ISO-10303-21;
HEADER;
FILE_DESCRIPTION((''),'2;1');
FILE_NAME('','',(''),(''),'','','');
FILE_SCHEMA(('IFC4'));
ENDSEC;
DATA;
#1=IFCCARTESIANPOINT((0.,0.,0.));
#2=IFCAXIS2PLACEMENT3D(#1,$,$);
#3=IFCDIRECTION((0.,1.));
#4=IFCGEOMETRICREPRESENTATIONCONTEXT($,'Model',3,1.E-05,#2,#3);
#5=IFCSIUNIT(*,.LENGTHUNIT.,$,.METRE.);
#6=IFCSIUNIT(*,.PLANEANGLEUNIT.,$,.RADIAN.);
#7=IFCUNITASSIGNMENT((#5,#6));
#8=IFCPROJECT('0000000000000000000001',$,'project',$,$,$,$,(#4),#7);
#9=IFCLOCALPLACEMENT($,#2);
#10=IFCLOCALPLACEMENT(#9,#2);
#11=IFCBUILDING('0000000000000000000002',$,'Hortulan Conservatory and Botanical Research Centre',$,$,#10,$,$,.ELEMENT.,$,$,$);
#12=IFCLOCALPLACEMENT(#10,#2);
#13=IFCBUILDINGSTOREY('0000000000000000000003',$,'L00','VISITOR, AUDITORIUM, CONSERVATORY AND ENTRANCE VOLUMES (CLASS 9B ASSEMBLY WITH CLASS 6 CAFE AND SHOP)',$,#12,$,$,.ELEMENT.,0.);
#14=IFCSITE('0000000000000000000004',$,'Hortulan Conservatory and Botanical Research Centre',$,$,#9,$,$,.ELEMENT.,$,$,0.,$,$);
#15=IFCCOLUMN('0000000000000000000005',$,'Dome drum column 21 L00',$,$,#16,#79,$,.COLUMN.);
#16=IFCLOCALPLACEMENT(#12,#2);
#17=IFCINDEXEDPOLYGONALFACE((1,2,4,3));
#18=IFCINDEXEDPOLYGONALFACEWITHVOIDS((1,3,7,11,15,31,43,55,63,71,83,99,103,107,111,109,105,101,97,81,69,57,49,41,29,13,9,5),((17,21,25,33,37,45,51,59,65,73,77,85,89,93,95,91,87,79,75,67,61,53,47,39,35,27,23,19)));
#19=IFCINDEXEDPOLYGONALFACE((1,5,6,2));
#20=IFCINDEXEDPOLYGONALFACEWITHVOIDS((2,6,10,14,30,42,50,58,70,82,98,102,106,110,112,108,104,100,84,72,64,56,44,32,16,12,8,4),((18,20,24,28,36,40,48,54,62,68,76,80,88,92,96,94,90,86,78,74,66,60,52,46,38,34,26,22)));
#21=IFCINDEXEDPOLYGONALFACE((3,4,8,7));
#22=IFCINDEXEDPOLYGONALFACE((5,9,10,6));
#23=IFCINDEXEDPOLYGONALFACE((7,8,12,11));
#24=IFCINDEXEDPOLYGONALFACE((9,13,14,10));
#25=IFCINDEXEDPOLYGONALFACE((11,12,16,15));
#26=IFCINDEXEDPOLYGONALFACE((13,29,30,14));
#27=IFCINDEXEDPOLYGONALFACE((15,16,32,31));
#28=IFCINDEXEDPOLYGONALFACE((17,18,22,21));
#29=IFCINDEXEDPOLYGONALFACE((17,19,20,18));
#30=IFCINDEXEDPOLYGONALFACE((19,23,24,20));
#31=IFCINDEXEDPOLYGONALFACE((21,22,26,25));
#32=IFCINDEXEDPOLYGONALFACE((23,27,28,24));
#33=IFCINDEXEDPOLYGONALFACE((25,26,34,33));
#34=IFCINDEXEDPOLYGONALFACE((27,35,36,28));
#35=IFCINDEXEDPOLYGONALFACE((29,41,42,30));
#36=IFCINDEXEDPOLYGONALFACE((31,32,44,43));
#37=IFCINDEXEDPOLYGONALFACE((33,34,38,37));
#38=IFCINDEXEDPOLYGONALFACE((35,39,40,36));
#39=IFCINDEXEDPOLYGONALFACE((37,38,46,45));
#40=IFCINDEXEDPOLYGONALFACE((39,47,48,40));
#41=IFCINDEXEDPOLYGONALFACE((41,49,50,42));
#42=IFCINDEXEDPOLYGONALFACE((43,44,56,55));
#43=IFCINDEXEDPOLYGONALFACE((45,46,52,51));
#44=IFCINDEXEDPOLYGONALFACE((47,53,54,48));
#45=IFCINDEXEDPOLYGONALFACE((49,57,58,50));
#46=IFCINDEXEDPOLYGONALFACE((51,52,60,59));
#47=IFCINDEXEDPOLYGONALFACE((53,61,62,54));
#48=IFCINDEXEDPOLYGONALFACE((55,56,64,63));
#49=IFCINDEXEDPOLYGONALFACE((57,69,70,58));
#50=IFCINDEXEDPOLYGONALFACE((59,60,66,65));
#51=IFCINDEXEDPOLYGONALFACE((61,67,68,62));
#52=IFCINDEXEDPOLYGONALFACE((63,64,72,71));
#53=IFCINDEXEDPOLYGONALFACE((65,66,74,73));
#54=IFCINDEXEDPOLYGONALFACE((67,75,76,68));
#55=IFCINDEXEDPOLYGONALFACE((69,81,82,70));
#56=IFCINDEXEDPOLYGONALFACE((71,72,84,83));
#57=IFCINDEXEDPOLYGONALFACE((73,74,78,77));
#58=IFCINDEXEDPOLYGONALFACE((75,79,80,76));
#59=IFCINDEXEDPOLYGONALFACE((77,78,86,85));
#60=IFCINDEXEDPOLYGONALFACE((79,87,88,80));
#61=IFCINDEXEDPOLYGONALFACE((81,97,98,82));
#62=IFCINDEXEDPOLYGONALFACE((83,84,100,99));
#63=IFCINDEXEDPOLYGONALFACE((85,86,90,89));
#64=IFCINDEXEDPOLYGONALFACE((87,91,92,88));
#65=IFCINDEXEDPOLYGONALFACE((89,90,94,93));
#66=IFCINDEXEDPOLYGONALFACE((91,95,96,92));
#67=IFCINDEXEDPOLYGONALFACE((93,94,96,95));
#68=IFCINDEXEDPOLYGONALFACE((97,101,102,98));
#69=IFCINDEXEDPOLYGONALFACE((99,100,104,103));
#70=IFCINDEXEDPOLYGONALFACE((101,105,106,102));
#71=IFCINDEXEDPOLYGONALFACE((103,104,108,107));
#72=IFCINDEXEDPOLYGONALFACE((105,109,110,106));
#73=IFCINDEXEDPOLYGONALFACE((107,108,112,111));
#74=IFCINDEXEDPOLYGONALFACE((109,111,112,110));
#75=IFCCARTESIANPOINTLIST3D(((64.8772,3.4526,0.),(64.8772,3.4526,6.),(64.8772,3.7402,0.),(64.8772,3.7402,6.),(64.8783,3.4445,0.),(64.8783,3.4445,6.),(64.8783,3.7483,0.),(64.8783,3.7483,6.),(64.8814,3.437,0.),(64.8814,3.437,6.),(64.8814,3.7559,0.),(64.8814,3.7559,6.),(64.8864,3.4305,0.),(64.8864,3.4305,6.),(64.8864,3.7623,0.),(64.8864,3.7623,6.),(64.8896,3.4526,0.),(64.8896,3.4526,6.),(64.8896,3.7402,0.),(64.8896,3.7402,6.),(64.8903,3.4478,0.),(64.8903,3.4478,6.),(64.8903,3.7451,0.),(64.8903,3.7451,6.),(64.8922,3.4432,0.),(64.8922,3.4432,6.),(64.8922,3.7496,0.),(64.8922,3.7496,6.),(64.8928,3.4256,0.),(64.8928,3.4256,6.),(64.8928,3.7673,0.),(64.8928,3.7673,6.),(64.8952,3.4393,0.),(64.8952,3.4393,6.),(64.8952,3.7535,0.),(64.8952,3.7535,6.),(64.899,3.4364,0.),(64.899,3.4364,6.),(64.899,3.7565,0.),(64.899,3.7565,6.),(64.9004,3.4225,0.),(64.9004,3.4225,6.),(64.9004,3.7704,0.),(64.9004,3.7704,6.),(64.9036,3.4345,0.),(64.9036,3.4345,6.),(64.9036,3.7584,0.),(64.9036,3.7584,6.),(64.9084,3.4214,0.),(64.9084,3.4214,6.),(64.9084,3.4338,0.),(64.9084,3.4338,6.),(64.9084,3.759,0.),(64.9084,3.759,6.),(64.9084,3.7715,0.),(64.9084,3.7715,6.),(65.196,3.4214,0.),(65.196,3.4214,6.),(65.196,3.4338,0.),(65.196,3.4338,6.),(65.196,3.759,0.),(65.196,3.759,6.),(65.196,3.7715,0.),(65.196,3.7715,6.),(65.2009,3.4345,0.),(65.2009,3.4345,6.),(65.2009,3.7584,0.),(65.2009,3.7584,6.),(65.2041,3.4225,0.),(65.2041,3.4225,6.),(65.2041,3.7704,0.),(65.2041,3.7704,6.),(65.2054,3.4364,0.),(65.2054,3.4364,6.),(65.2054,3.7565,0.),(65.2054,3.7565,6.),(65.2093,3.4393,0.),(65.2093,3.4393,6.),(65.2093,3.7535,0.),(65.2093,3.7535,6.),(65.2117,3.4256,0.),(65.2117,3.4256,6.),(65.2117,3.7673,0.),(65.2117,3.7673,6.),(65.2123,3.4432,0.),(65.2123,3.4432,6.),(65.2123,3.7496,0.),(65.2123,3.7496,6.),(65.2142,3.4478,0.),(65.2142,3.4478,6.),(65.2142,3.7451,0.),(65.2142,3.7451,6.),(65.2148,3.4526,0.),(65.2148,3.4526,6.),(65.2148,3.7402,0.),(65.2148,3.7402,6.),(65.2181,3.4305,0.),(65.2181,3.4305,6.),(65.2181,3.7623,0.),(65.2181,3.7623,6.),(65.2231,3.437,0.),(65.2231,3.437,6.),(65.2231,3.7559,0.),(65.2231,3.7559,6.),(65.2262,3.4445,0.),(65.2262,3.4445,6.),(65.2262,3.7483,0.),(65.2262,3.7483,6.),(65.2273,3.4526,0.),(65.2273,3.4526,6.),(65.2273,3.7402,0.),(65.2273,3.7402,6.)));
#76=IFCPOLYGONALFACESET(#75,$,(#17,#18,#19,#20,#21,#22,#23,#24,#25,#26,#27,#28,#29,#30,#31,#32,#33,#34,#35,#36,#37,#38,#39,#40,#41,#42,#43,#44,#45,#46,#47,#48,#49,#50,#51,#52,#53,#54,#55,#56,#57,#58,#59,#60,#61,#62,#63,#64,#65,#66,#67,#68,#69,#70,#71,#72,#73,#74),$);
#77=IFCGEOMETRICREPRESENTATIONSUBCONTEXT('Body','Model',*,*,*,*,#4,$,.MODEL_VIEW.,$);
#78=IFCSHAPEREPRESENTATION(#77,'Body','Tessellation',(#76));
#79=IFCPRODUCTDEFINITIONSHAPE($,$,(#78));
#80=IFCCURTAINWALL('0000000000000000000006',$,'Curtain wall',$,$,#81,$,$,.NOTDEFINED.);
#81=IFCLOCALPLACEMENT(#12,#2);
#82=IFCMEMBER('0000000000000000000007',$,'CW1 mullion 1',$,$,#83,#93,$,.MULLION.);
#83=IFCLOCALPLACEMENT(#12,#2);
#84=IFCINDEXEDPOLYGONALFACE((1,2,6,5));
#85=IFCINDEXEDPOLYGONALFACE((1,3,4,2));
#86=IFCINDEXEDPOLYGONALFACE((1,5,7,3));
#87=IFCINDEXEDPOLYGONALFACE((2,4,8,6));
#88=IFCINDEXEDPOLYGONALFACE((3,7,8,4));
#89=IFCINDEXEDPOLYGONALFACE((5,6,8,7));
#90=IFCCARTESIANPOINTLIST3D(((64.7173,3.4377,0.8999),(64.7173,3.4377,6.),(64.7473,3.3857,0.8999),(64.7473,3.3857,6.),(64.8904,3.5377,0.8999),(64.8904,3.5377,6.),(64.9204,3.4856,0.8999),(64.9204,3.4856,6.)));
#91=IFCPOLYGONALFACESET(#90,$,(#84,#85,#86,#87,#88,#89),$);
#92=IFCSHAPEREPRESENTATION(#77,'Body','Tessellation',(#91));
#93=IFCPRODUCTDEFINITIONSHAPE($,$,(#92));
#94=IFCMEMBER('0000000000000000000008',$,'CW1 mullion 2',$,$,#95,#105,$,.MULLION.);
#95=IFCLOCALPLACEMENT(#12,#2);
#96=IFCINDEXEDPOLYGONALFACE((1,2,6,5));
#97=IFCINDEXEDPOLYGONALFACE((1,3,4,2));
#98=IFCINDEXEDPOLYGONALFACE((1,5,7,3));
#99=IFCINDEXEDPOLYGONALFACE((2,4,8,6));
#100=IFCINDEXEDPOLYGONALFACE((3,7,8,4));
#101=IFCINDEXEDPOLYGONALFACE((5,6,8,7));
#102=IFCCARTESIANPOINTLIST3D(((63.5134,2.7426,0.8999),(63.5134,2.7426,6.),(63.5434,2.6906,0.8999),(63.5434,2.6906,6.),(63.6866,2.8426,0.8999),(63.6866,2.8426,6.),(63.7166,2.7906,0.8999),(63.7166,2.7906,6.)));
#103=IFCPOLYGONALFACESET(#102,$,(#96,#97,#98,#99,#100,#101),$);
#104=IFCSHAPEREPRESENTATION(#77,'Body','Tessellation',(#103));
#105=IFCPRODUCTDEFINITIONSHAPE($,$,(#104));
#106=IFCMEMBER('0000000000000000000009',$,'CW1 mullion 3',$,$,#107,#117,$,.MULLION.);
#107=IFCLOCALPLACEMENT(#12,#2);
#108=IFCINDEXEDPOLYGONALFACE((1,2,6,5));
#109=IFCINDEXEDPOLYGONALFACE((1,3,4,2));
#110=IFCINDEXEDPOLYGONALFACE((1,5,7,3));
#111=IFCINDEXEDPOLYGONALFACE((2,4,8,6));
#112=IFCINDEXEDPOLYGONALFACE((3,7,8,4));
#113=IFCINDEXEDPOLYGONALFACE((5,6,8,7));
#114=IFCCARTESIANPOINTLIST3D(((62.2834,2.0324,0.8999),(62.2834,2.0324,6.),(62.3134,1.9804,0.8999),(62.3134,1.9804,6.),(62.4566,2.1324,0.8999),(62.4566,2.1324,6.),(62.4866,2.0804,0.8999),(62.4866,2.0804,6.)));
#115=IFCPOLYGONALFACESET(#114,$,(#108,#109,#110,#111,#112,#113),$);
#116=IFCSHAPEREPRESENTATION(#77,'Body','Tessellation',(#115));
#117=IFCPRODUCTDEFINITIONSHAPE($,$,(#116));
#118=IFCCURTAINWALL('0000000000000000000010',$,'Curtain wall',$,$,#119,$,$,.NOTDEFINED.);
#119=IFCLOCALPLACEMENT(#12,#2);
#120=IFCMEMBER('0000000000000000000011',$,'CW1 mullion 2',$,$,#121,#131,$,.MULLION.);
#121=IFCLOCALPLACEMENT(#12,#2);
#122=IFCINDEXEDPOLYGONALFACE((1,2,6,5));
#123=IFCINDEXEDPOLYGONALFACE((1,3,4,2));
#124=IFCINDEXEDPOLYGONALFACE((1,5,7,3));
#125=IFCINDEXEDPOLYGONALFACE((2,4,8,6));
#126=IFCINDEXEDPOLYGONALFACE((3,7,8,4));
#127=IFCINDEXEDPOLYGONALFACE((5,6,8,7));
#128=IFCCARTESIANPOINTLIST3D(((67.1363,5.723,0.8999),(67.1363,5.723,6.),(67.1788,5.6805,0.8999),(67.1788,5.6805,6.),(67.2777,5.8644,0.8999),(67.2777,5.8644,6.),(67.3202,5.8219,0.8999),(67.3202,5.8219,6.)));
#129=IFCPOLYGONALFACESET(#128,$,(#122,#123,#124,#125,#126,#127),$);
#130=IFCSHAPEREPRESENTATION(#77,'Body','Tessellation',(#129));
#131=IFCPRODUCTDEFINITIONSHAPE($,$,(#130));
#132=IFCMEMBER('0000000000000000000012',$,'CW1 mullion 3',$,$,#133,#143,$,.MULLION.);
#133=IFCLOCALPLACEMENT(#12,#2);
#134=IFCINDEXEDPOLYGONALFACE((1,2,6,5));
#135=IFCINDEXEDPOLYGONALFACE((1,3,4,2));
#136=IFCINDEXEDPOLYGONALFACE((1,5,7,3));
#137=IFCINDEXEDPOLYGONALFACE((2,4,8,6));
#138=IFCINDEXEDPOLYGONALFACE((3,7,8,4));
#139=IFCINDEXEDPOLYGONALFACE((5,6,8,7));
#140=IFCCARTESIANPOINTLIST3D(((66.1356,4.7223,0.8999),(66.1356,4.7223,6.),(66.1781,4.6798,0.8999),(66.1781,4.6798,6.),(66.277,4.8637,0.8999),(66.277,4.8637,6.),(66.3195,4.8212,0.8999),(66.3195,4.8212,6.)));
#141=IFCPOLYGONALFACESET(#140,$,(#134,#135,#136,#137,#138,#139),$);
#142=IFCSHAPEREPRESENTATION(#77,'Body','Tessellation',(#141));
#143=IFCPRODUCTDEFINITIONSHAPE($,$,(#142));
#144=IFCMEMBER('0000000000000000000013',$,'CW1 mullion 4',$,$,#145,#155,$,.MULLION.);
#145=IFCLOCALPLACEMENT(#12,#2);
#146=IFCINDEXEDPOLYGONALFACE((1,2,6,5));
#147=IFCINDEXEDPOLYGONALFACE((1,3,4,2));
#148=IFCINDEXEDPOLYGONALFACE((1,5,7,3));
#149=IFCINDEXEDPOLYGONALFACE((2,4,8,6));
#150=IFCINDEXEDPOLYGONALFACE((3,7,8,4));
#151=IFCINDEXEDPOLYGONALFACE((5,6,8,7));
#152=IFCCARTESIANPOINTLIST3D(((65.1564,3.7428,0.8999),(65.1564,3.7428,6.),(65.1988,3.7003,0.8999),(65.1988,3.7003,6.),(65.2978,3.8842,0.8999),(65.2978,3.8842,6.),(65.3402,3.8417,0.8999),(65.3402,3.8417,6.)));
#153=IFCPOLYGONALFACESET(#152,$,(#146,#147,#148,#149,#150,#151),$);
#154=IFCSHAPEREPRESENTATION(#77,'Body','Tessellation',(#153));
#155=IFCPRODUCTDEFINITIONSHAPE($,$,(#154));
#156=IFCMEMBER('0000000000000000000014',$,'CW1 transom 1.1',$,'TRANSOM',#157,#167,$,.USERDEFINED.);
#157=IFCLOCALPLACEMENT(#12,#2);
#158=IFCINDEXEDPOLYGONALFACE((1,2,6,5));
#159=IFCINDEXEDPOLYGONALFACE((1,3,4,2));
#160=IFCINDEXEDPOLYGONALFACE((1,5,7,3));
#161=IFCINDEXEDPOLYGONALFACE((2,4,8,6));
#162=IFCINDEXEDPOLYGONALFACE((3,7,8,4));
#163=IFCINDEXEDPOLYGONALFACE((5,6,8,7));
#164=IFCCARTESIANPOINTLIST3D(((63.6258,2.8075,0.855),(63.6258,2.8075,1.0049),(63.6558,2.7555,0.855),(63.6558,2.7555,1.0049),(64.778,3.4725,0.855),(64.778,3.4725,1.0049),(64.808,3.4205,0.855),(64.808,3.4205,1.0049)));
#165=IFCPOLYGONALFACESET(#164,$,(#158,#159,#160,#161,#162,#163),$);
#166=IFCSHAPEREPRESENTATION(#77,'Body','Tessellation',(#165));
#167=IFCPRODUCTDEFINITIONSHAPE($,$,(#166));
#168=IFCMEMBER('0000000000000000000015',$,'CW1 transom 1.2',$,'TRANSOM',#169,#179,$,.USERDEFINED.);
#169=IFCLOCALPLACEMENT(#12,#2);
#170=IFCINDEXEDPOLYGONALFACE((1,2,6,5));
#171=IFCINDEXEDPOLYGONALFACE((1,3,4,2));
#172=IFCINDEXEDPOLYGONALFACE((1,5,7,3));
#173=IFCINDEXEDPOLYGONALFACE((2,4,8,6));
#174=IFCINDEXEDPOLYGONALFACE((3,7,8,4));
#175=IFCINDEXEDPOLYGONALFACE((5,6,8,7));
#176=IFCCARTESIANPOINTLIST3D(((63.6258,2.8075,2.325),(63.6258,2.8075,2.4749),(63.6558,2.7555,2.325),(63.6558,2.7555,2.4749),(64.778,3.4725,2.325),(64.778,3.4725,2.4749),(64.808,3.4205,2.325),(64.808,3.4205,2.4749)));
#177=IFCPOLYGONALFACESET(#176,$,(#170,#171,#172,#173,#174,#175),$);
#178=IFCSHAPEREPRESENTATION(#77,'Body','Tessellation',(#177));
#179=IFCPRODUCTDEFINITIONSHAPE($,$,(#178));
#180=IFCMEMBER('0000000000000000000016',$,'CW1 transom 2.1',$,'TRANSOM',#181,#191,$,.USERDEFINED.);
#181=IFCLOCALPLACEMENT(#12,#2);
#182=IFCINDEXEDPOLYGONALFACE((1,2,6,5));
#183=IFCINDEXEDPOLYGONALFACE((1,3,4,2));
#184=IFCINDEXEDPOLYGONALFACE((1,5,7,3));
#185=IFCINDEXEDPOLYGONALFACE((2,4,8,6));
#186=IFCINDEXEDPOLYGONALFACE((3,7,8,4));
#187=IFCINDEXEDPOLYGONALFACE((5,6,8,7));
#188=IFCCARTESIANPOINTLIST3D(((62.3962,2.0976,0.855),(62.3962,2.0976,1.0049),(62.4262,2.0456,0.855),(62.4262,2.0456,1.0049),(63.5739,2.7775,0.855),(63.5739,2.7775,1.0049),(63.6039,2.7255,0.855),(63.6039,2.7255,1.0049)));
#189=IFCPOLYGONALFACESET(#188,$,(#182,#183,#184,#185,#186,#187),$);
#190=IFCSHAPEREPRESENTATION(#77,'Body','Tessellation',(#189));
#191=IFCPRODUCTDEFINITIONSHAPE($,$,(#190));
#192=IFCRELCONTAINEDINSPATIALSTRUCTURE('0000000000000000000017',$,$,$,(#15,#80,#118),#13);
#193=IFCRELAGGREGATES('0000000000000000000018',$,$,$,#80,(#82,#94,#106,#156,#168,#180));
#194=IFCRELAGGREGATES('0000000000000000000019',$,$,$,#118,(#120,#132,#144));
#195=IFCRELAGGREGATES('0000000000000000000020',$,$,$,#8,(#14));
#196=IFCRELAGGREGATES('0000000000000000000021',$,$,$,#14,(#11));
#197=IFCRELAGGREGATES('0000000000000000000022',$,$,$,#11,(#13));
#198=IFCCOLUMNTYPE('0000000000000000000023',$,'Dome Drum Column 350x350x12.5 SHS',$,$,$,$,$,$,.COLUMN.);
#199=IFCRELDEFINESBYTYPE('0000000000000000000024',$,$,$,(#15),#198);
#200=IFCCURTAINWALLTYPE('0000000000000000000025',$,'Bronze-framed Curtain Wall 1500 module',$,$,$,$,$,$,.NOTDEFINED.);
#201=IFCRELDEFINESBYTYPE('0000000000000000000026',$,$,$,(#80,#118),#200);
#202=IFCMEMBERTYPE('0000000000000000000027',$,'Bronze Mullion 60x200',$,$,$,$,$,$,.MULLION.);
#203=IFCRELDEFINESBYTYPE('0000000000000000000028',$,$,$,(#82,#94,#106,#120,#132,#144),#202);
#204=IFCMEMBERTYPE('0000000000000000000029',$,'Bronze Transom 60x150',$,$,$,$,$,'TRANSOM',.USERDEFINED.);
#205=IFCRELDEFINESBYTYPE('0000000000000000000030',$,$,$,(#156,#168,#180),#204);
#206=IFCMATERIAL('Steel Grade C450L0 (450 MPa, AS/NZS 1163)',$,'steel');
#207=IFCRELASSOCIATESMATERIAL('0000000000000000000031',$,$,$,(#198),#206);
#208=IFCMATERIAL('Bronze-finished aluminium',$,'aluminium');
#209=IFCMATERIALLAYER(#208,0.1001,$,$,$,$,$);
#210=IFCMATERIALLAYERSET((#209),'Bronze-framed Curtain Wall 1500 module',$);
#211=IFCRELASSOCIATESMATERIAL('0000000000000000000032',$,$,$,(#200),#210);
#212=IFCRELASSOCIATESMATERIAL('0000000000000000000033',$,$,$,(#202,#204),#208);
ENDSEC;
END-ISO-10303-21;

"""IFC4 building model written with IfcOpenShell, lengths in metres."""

from ifc_helpers import new_model, si_unit, direction, frame, origin, origin_2d, place, context, subcontext, project, spatial, rectangle, hollow_rectangle, extrude, material, layer, layer_set, material_profile, profile_set, type_object, element, aggregate, save


model = new_model("IFC4")

# Units and contexts
model_context = context("Model", 3, precision=1e-05, world=origin(), true_north=direction((0.0, 1.0)))
body_context = subcontext(model_context, "Body", "Model", "MODEL_VIEW")
ifc_project = project(units=[si_unit("LENGTHUNIT", "METRE"), si_unit("PLANEANGLEUNIT", "RADIAN")], contexts=[model_context])

# Site, building, storey
site_placement = place(None, origin())
site = spatial("IfcSite", under=ifc_project, at=site_placement, Name="Hortulan Conservatory and Botanical Research Centre", CompositionType="ELEMENT", RefElevation=0.0)
building_placement = place(site_placement, origin())
building = spatial("IfcBuilding", under=site, at=building_placement, Name="Hortulan Conservatory and Botanical Research Centre", CompositionType="ELEMENT")
storey_placement = place(building_placement, origin())
storey = spatial("IfcBuildingStorey", under=building, at=storey_placement, Name="L00", Description="VISITOR, AUDITORIUM, CONSERVATORY AND ENTRANCE VOLUMES (CLASS 9B ASSEMBLY WITH CLASS 6 CAFE AND SHOP)", CompositionType="ELEMENT", Elevation=0.0)

# Column
ifc_material_1 = material(Name="Steel Grade C450L0 (450 MPa, AS/NZS 1163)", Category="steel")
ifc_material_profile_1 = material_profile(ifc_material_1, hollow_rectangle(XDim=0.3501, YDim=0.3501, WallThickness=0.0125, InnerFilletRadius=0.0188, OuterFilletRadius=0.0312, at=origin_2d()), Name="350x350x12.5SHS")
ifc_profile_set_1 = profile_set([ifc_material_profile_1], Name="Steel Grade C450L0 (450 MPa, AS/NZS 1163)")
column_type = type_object("IfcColumnType", Name="Dome Drum Column 350x350x12.5 SHS", PredefinedType="COLUMN", material=ifc_profile_set_1)
column_placement = place(storey_placement, frame((65.0522, 3.5964, 0.0), z_axis=(0.0, 0.0, 1.0), x_axis=(1.0, 0.0, 0.0)))
element("IfcColumn", 1, at=column_placement, inside=storey, type_object=column_type, Name="Dome drum column 21 L00", PredefinedType="COLUMN", context=body_context, shape_type="SweptSolid", body=[
    extrude(hollow_rectangle(XDim=0.3501, YDim=0.3501, WallThickness=0.0125, InnerFilletRadius=0.0188, OuterFilletRadius=0.0312, at=origin_2d()), origin(), (0.0, 0.0, 1.0), 6.0),
])

# Curtain walls, members
ifc_material_2 = material(Name="Bronze-finished aluminium", Category="aluminium")
ifc_layer_1 = layer(ifc_material_2, 0.1001)
ifc_layer_set_1 = layer_set([ifc_layer_1], Name="Bronze-framed Curtain Wall 1500 module")
curtain_wall_type = type_object("IfcCurtainWallType", Name="Bronze-framed Curtain Wall 1500 module", PredefinedType="NOTDEFINED", material=ifc_layer_set_1)
curtain_wall_1_placement = place(storey_placement, origin())
curtain_wall_1 = element("IfcCurtainWall", 2, at=curtain_wall_1_placement, inside=storey, type_object=curtain_wall_type, Name="Curtain wall", PredefinedType="NOTDEFINED")
ifc_material_profile_2 = material_profile(ifc_material_2, rectangle(XDim=0.0601, YDim=0.2, at=origin_2d()), Name="Bronze Mullion 60x200")
ifc_profile_set_2 = profile_set([ifc_material_profile_2], Name="Bronze-finished aluminium")
member_type_1 = type_object("IfcMemberType", Name="Bronze Mullion 60x200", PredefinedType="MULLION", material=ifc_profile_set_2)
member_1_placement = place(storey_placement, frame((64.8188, 3.4617, 0.8999), z_axis=(0.0, 0.0, 1.0), x_axis=(0.499981, -0.866036, 0.0)))
member_1 = element("IfcMember", 3, at=member_1_placement, type_object=member_type_1, Name="CW1 mullion 1", PredefinedType="MULLION", context=body_context, shape_type="SweptSolid", body=[
    extrude(rectangle(XDim=0.0601, YDim=0.2, at=origin_2d()), origin(), (0.0, 0.0, 1.0), 5.1001),
])
member_2_placement = place(storey_placement, frame((63.615, 2.7666, 0.8999), z_axis=(0.0, 0.0, 1.0), x_axis=(0.499981, -0.866036, 0.0)))
member_2 = element("IfcMember", 4, at=member_2_placement, type_object=member_type_1, Name="CW1 mullion 2", PredefinedType="MULLION", context=body_context, shape_type="SweptSolid", body=[
    extrude(rectangle(XDim=0.0601, YDim=0.2, at=origin_2d()), origin(), (0.0, 0.0, 1.0), 5.1001),
])
member_3_placement = place(storey_placement, frame((62.385, 2.0564, 0.8999), z_axis=(0.0, 0.0, 1.0), x_axis=(0.499981, -0.866036, 0.0)))
member_3 = element("IfcMember", 5, at=member_3_placement, type_object=member_type_1, Name="CW1 mullion 3", PredefinedType="MULLION", context=body_context, shape_type="SweptSolid", body=[
    extrude(rectangle(XDim=0.0601, YDim=0.2, at=origin_2d()), origin(), (0.0, 0.0, 1.0), 5.1001),
])
curtain_wall_2_placement = place(storey_placement, origin())
curtain_wall_2 = element("IfcCurtainWall", 6, at=curtain_wall_2_placement, inside=storey, type_object=curtain_wall_type, Name="Curtain wall", PredefinedType="NOTDEFINED")
member_4_placement = place(storey_placement, frame((67.2283, 5.7725, 0.8999), z_axis=(0.0, 0.0, 1.0), x_axis=(0.707107, -0.707107, 0.0)))
member_4 = element("IfcMember", 7, at=member_4_placement, type_object=member_type_1, Name="CW1 mullion 2", PredefinedType="MULLION", context=body_context, shape_type="SweptSolid", body=[
    extrude(rectangle(XDim=0.0601, YDim=0.2, at=origin_2d()), origin(), (0.0, 0.0, 1.0), 5.1001),
])
member_5_placement = place(storey_placement, frame((66.2275, 4.7717, 0.8999), z_axis=(0.0, 0.0, 1.0), x_axis=(0.707107, -0.707107, 0.0)))
member_5 = element("IfcMember", 8, at=member_5_placement, type_object=member_type_1, Name="CW1 mullion 3", PredefinedType="MULLION", context=body_context, shape_type="SweptSolid", body=[
    extrude(rectangle(XDim=0.0601, YDim=0.2, at=origin_2d()), origin(), (0.0, 0.0, 1.0), 5.1001),
])
member_6_placement = place(storey_placement, frame((65.2483, 3.7922, 0.8999), z_axis=(0.0, 0.0, 1.0), x_axis=(0.707107, -0.707107, 0.0)))
member_6 = element("IfcMember", 9, at=member_6_placement, type_object=member_type_1, Name="CW1 mullion 4", PredefinedType="MULLION", context=body_context, shape_type="SweptSolid", body=[
    extrude(rectangle(XDim=0.0601, YDim=0.2, at=origin_2d()), origin(), (0.0, 0.0, 1.0), 5.1001),
])

# Members
ifc_material_profile_3 = material_profile(ifc_material_2, rectangle(XDim=0.0601, YDim=0.1499, at=origin_2d()), Name="Bronze Transom 60x150")
ifc_profile_set_3 = profile_set([ifc_material_profile_3], Name="Bronze-finished aluminium")
member_type_2 = type_object("IfcMemberType", Name="Bronze Transom 60x150", ElementType="TRANSOM", PredefinedType="USERDEFINED", material=ifc_profile_set_3)
member_7_placement = place(storey_placement, frame((64.793, 3.4465, 0.9299), z_axis=(-0.866066, -0.499929, 0.0), x_axis=(0.499929, -0.866066, 0.0)))
member_7 = element("IfcMember", 10, at=member_7_placement, type_object=member_type_2, Name="CW1 transom 1.1", ObjectType="TRANSOM", PredefinedType="USERDEFINED", context=body_context, shape_type="SweptSolid", body=[
    extrude(rectangle(XDim=0.0601, YDim=0.1499, at=origin_2d()), origin(), (0.0, 0.0, 1.0), 1.3303),
])
member_8_placement = place(storey_placement, frame((64.793, 3.4465, 2.3999), z_axis=(-0.866066, -0.499929, 0.0), x_axis=(0.499929, -0.866066, 0.0)))
member_8 = element("IfcMember", 11, at=member_8_placement, type_object=member_type_2, Name="CW1 transom 1.2", ObjectType="TRANSOM", PredefinedType="USERDEFINED", context=body_context, shape_type="SweptSolid", body=[
    extrude(rectangle(XDim=0.0601, YDim=0.1499, at=origin_2d()), origin(), (0.0, 0.0, 1.0), 1.3303),
])
member_9_placement = place(storey_placement, frame((63.5889, 2.7515, 0.9299), z_axis=(-0.866036, -0.499981, 0.0), x_axis=(0.499981, -0.866036, 0.0)))
member_9 = element("IfcMember", 12, at=member_9_placement, type_object=member_type_2, Name="CW1 transom 2.1", ObjectType="TRANSOM", PredefinedType="USERDEFINED", context=body_context, shape_type="SweptSolid", body=[
    extrude(rectangle(XDim=0.0601, YDim=0.1499, at=origin_2d()), origin(), (0.0, 0.0, 1.0), 1.3599),
])

aggregate(curtain_wall_1, [member_1, member_2, member_3, member_7, member_8, member_9])
aggregate(curtain_wall_2, [member_4, member_5, member_6])

save(model, "model.ifc")
